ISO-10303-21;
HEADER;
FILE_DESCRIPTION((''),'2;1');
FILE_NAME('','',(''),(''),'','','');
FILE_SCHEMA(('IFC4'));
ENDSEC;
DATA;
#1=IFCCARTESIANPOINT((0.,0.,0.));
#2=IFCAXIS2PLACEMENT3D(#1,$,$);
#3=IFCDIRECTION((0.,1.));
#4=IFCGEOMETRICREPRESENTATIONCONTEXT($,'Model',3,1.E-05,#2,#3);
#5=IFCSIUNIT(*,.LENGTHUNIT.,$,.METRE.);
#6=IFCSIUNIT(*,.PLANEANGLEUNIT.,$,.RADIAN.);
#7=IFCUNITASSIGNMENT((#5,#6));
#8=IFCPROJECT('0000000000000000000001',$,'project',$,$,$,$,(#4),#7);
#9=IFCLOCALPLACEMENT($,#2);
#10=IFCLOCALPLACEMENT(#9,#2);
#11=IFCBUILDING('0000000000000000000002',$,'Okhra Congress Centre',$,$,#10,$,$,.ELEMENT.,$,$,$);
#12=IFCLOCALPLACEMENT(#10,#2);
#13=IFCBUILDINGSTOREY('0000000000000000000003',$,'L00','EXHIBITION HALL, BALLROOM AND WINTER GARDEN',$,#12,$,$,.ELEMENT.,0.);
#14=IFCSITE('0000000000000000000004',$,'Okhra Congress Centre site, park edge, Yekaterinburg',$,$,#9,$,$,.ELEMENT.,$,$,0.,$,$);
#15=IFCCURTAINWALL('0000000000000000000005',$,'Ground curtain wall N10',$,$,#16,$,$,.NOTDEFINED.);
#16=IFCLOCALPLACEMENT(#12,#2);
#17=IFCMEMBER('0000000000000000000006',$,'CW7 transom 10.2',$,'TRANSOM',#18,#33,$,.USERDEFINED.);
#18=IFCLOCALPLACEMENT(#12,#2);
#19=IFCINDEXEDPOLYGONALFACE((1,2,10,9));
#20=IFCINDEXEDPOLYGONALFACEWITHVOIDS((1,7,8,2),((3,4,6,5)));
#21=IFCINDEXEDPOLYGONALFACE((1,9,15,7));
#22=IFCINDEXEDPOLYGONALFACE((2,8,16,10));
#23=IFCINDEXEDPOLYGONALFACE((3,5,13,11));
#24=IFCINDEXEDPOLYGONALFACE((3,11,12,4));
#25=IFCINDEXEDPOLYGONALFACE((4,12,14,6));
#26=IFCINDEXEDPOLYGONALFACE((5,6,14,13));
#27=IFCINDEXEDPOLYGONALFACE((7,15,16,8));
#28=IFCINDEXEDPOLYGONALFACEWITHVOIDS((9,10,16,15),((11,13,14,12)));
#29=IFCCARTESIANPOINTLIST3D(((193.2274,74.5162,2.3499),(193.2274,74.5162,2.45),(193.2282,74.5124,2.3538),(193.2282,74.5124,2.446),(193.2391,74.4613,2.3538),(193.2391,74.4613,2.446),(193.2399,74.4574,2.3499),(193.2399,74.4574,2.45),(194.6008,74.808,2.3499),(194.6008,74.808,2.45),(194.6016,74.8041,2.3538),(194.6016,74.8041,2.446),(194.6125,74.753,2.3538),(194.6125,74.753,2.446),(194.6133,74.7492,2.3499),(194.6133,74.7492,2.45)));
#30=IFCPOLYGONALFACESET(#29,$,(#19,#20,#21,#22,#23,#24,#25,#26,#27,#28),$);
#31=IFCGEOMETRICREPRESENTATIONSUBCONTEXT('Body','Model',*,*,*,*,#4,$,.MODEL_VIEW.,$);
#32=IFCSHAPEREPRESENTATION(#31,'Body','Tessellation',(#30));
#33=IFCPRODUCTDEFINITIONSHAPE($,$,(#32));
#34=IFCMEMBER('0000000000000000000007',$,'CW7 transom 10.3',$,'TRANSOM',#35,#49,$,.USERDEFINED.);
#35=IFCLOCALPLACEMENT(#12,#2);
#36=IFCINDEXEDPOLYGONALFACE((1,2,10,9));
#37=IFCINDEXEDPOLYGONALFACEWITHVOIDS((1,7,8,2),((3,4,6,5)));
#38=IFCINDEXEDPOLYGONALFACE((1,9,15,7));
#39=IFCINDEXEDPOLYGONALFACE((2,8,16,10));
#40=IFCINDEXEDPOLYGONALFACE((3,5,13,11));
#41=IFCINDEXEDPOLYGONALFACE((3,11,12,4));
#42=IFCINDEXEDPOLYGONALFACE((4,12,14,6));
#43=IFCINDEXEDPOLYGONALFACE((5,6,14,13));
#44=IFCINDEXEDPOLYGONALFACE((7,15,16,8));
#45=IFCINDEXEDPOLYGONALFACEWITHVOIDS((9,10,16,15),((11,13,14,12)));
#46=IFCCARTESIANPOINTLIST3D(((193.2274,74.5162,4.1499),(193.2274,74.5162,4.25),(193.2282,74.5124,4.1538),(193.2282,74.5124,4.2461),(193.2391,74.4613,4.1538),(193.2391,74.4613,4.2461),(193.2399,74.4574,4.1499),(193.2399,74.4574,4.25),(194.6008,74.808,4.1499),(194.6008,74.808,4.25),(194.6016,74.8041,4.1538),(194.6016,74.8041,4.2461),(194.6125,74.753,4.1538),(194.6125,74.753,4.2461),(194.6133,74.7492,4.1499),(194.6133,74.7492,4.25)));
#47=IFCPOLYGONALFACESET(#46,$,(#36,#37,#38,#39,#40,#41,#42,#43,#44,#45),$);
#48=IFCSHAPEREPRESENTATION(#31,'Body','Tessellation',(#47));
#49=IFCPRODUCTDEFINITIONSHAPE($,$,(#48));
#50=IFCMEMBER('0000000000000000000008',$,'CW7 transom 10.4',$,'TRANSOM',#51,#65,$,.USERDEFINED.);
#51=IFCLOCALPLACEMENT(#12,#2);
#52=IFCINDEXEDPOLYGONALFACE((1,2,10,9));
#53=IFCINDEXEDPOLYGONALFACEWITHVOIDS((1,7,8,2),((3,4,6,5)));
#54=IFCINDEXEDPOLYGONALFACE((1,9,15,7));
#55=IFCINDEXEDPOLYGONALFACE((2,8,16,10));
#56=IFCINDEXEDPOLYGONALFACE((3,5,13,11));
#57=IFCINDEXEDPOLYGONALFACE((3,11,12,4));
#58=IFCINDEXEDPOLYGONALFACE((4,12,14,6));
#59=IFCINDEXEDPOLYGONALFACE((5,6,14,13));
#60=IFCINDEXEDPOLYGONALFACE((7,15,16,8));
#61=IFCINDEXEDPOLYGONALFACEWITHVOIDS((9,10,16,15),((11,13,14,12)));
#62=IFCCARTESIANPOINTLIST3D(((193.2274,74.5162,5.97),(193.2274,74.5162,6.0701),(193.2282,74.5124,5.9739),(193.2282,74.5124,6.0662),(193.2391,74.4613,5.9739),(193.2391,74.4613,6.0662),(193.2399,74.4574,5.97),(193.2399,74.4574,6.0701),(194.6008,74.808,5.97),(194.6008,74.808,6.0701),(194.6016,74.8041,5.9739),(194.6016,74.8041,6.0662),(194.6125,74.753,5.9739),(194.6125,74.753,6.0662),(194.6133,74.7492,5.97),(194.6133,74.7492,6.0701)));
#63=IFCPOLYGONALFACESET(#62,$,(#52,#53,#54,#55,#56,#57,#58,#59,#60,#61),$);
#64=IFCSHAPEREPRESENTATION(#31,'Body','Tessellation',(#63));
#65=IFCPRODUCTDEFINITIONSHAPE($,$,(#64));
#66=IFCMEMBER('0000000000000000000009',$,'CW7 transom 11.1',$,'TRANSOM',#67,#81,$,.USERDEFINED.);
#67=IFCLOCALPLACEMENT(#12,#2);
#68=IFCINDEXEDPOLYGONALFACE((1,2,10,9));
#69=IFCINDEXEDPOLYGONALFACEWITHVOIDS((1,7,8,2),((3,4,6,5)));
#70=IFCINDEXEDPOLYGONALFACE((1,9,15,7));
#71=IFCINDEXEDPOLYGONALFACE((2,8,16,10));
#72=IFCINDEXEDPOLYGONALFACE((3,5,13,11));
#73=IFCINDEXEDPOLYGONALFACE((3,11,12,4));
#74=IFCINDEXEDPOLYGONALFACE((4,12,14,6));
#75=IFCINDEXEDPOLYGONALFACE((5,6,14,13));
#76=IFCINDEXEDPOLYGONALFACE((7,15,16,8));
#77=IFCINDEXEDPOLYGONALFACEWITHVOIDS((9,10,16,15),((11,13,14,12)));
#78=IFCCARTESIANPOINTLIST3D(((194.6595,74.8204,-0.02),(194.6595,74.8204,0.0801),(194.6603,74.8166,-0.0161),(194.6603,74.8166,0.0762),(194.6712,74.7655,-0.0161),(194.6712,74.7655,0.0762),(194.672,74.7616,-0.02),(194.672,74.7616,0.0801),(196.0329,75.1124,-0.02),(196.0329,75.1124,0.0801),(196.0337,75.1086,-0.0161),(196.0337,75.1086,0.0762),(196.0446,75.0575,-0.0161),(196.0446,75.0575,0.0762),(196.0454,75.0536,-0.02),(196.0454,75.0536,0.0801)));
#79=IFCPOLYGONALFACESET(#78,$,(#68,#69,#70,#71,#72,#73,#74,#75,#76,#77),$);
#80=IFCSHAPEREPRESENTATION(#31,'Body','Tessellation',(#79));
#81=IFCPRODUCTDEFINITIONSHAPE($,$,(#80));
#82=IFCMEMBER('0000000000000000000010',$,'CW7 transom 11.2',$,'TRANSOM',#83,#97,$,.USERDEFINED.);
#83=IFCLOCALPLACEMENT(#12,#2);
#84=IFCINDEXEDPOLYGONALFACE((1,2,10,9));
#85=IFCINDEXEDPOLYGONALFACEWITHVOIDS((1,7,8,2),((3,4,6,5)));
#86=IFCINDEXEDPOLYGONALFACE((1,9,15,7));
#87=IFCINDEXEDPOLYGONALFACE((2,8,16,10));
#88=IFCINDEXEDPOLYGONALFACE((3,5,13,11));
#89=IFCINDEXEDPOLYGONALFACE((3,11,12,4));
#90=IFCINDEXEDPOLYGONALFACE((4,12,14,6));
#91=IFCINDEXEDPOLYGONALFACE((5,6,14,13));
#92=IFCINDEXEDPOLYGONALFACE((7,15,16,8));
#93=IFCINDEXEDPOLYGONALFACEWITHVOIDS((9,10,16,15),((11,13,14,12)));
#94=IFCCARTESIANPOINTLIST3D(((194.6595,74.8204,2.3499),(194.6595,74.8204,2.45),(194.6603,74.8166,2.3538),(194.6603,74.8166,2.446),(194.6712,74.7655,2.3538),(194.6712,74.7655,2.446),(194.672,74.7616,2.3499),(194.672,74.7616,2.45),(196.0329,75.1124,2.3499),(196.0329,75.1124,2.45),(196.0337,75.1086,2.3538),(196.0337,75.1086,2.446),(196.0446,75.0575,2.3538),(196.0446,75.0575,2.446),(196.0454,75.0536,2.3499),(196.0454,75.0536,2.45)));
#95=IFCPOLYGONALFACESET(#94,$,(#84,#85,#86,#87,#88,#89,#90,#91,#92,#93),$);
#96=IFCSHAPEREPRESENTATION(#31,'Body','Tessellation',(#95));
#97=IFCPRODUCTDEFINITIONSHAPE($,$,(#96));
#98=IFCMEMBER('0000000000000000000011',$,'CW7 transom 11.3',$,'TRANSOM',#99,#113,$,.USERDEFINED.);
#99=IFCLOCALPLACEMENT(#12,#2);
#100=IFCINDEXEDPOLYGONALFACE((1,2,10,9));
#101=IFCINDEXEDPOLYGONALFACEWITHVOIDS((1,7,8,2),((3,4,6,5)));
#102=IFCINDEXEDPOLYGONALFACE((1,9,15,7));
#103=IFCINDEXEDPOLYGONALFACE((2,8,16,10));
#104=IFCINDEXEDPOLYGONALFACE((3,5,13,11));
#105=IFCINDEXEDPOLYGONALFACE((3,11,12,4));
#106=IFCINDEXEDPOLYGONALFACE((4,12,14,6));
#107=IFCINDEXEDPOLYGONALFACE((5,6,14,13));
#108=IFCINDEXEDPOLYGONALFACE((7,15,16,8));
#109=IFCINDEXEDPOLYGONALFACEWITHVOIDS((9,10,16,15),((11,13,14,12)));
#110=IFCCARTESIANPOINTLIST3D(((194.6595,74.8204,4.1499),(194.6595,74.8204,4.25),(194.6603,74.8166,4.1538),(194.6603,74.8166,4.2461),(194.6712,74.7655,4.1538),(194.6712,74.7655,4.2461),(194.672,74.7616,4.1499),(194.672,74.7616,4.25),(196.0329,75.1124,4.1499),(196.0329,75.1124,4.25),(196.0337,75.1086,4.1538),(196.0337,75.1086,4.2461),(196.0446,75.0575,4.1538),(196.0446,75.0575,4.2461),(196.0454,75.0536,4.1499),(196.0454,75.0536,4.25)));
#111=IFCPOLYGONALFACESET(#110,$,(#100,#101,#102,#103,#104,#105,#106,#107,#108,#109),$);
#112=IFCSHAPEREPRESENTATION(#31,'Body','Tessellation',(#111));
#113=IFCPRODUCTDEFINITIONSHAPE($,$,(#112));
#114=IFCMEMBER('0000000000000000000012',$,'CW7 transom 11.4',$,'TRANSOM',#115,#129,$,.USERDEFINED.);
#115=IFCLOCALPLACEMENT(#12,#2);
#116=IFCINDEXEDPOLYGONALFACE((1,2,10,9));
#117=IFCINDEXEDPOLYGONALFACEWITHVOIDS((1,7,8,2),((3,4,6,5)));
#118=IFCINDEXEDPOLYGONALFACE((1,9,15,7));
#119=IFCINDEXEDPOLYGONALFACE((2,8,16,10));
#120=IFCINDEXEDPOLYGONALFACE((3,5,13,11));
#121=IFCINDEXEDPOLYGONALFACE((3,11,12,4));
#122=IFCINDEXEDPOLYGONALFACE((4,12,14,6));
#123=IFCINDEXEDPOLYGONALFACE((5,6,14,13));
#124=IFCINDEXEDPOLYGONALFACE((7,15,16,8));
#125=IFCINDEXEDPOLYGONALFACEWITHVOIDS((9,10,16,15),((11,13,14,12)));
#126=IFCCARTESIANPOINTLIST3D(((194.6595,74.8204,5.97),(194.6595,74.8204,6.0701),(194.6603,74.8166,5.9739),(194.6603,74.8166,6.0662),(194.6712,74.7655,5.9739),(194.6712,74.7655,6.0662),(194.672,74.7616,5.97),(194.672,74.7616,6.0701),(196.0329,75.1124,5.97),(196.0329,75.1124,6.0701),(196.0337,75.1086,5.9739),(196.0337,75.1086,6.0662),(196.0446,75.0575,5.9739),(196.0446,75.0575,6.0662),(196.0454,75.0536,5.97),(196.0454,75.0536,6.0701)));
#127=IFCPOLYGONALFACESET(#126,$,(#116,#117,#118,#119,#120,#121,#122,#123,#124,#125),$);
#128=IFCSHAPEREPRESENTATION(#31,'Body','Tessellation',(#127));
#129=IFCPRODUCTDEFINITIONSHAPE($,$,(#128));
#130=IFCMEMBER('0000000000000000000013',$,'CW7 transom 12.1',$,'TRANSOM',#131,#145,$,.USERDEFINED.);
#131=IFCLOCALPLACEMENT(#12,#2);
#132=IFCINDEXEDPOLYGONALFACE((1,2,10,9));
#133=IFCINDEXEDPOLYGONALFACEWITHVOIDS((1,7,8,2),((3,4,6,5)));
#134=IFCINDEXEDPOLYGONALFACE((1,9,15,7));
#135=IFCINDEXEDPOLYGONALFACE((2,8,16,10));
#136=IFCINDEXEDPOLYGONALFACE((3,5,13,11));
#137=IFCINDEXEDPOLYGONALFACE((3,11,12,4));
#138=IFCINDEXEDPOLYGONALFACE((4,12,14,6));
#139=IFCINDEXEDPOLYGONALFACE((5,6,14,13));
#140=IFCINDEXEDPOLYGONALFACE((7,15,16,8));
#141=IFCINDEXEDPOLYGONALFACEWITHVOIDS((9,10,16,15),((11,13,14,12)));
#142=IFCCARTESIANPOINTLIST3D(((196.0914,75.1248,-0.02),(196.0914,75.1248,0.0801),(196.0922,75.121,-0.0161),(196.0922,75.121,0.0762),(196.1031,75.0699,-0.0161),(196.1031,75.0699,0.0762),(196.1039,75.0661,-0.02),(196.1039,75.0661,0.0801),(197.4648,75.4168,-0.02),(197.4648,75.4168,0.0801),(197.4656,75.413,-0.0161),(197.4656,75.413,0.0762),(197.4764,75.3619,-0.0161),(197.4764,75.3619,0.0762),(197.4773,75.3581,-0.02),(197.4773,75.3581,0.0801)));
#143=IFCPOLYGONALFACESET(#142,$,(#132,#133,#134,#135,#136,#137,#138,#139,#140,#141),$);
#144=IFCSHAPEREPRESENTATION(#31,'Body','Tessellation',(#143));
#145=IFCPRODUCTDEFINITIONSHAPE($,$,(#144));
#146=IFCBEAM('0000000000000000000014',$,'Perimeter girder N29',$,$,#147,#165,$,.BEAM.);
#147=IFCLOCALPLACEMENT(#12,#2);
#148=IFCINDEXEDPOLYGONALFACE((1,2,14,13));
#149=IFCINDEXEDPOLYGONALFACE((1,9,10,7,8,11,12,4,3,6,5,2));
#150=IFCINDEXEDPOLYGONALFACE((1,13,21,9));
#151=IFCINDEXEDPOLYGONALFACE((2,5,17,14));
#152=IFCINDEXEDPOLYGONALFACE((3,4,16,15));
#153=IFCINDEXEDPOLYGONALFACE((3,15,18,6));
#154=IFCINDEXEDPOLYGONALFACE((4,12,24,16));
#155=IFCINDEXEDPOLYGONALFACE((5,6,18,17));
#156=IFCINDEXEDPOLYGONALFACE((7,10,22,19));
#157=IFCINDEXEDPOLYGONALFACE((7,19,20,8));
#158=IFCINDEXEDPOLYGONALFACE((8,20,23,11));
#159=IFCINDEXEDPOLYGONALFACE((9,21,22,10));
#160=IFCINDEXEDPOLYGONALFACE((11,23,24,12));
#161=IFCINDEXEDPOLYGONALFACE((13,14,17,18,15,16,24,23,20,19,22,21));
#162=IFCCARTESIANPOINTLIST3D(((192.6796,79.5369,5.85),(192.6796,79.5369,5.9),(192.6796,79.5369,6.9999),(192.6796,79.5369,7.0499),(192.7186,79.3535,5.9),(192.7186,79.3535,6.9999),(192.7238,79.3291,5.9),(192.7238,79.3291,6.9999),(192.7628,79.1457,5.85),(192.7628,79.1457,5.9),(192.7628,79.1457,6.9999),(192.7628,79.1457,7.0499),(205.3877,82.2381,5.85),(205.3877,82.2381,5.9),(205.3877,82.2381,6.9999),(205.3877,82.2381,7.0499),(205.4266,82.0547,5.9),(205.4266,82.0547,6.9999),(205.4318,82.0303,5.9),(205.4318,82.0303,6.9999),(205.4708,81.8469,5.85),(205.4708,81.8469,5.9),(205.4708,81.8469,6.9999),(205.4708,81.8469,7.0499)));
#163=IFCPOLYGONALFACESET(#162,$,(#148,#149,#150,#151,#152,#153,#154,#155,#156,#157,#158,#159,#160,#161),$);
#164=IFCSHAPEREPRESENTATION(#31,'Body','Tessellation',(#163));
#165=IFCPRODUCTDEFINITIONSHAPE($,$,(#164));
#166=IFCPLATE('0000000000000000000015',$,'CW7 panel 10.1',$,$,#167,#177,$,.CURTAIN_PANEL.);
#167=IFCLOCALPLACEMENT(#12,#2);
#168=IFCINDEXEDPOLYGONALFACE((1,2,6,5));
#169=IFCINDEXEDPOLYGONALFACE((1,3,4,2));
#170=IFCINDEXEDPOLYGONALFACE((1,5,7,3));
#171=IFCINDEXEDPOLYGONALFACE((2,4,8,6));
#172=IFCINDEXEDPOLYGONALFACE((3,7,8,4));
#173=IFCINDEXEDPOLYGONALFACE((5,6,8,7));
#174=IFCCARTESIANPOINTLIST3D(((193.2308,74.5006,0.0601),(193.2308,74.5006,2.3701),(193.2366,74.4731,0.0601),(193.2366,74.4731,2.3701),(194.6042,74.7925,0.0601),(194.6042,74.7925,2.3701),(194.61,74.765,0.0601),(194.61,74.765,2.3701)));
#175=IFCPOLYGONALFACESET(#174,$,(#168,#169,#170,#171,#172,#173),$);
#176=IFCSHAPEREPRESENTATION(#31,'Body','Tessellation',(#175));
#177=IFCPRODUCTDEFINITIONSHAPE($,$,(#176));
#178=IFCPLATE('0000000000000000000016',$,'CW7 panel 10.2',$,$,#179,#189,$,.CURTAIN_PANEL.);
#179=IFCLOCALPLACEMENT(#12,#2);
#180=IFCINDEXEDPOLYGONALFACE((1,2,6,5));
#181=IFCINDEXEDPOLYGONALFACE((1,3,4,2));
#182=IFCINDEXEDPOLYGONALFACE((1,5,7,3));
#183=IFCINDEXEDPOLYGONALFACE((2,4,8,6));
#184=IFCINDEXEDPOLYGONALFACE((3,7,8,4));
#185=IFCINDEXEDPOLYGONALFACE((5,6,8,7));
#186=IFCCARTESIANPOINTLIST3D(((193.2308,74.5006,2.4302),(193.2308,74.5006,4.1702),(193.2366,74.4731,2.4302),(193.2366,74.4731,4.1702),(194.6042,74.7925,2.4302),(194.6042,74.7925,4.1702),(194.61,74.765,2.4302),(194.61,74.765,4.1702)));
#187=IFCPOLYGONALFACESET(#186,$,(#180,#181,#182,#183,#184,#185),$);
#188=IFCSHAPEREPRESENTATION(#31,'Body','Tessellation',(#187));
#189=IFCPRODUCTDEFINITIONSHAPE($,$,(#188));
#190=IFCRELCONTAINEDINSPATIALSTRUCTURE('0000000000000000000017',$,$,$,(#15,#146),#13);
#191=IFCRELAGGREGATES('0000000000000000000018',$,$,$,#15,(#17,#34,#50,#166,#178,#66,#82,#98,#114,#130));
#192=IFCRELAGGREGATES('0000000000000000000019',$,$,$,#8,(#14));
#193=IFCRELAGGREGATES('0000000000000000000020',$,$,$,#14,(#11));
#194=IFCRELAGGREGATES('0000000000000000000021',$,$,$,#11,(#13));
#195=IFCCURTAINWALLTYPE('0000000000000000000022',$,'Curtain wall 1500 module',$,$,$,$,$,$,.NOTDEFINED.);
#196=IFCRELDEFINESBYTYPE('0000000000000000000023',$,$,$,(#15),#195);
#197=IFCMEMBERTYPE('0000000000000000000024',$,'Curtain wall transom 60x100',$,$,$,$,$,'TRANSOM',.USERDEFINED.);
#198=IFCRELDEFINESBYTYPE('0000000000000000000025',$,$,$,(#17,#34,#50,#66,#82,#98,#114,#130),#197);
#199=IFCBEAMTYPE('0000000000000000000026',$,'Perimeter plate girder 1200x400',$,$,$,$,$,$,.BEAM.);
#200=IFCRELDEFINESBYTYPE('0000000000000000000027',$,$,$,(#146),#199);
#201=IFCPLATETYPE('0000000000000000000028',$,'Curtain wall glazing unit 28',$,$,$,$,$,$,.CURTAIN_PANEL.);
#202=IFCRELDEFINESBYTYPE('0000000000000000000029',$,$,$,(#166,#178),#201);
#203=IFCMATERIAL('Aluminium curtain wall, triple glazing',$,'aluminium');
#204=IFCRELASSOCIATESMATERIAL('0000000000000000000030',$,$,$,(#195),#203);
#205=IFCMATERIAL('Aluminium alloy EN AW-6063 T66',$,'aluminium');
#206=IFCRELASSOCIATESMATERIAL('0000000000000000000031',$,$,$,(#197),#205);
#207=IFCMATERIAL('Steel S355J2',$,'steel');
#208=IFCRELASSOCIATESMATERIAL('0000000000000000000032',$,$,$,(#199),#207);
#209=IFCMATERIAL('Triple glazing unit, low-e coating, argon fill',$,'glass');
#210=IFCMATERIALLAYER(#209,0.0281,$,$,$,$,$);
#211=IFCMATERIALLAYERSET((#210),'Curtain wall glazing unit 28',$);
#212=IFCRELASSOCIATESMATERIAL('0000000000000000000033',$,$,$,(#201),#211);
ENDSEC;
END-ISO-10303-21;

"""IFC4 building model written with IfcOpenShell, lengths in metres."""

from ifc_helpers import new_model, si_unit, direction, frame, origin, origin_2d, place, context, subcontext, project, spatial, rectangle, hollow_rectangle, i_section, extrude, material, layer, layer_set, material_profile, profile_set, type_object, element, aggregate, save


model = new_model("IFC4")

# Units and contexts
model_context = context("Model", 3, precision=1e-05, world=origin(), true_north=direction((0.0, 1.0)))
body_context = subcontext(model_context, "Body", "Model", "MODEL_VIEW")
ifc_project = project(units=[si_unit("LENGTHUNIT", "METRE"), si_unit("PLANEANGLEUNIT", "RADIAN")], contexts=[model_context])

# Site, building, storey
site_placement = place(None, origin())
site = spatial("IfcSite", under=ifc_project, at=site_placement, Name="Okhra Congress Centre site, park edge, Yekaterinburg", CompositionType="ELEMENT", RefElevation=0.0)
building_placement = place(site_placement, origin())
building = spatial("IfcBuilding", under=site, at=building_placement, Name="Okhra Congress Centre", CompositionType="ELEMENT")
storey_placement = place(building_placement, origin())
storey = spatial("IfcBuildingStorey", under=building, at=storey_placement, Name="L00", Description="EXHIBITION HALL, BALLROOM AND WINTER GARDEN", CompositionType="ELEMENT", Elevation=0.0)

# Curtain wall
ifc_material_1 = material(Name="Aluminium curtain wall, triple glazing", Category="aluminium")
curtain_wall_type_1 = type_object("IfcCurtainWallType", Name="Curtain wall 1500 module", PredefinedType="NOTDEFINED", material=ifc_material_1)
curtain_wall_1_placement = place(storey_placement, origin())
curtain_wall_1 = element("IfcCurtainWall", 1, at=curtain_wall_1_placement, inside=storey, type_object=curtain_wall_type_1, Name="Ground curtain wall N10", PredefinedType="NOTDEFINED")
ifc_material_2 = material(Name="Aluminium alloy EN AW-6063 T66", Category="aluminium")

# Shared definitions
ifc_material_profile_1 = material_profile(ifc_material_2, hollow_rectangle(XDim=0.0601, YDim=0.1001, WallThickness=0.0039, at=origin_2d()), Name="RHS 60x100x4")
ifc_profile_set_1 = profile_set([ifc_material_profile_1], Name="Aluminium alloy EN AW-6063 T66")
member_type_1 = type_object("IfcMemberType", Name="Curtain wall transom 60x100", ElementType="TRANSOM", PredefinedType="USERDEFINED", material=ifc_profile_set_1)

# Members
member_1_placement = place(storey_placement, frame((193.2336, 74.4868, 2.3999), z_axis=(0.97817, 0.207807, 0.0), x_axis=(-0.207807, 0.97817, 0.0)))
member_1 = element("IfcMember", 2, at=member_1_placement, type_object=member_type_1, Name="CW7 transom 10.2", ObjectType="TRANSOM", PredefinedType="USERDEFINED", context=body_context, shape_type="SweptSolid", body=[
    extrude(hollow_rectangle(XDim=0.0601, YDim=0.1001, WallThickness=0.0039, at=origin_2d()), origin(), (0.0, 0.0, 1.0), 1.4041),
])
member_2_placement = place(storey_placement, frame((193.2336, 74.4868, 4.2), z_axis=(0.97817, 0.207807, 0.0), x_axis=(-0.207807, 0.97817, 0.0)))
member_2 = element("IfcMember", 3, at=member_2_placement, type_object=member_type_1, Name="CW7 transom 10.3", ObjectType="TRANSOM", PredefinedType="USERDEFINED", context=body_context, shape_type="SweptSolid", body=[
    extrude(hollow_rectangle(XDim=0.0601, YDim=0.1001, WallThickness=0.0039, at=origin_2d()), origin(), (0.0, 0.0, 1.0), 1.4041),
])
member_3_placement = place(storey_placement, frame((193.2336, 74.4868, 6.02), z_axis=(0.97817, 0.207807, 0.0), x_axis=(-0.207807, 0.97817, 0.0)))
member_3 = element("IfcMember", 4, at=member_3_placement, type_object=member_type_1, Name="CW7 transom 10.4", ObjectType="TRANSOM", PredefinedType="USERDEFINED", context=body_context, shape_type="SweptSolid", body=[
    extrude(hollow_rectangle(XDim=0.0601, YDim=0.1001, WallThickness=0.0039, at=origin_2d()), origin(), (0.0, 0.0, 1.0), 1.4041),
])
member_4_placement = place(storey_placement, frame((194.6658, 74.791, 0.03), z_axis=(0.978135, 0.207973, 0.0), x_axis=(-0.207973, 0.978135, 0.0)))
member_4 = element("IfcMember", 5, at=member_4_placement, type_object=member_type_1, Name="CW7 transom 11.1", ObjectType="TRANSOM", PredefinedType="USERDEFINED", context=body_context, shape_type="SweptSolid", body=[
    extrude(hollow_rectangle(XDim=0.0601, YDim=0.1001, WallThickness=0.0039, at=origin_2d()), origin(), (0.0, 0.0, 1.0), 1.4041),
])
member_5_placement = place(storey_placement, frame((194.6658, 74.791, 2.3999), z_axis=(0.978135, 0.207973, 0.0), x_axis=(-0.207973, 0.978135, 0.0)))
member_5 = element("IfcMember", 6, at=member_5_placement, type_object=member_type_1, Name="CW7 transom 11.2", ObjectType="TRANSOM", PredefinedType="USERDEFINED", context=body_context, shape_type="SweptSolid", body=[
    extrude(hollow_rectangle(XDim=0.0601, YDim=0.1001, WallThickness=0.0039, at=origin_2d()), origin(), (0.0, 0.0, 1.0), 1.4041),
])
member_6_placement = place(storey_placement, frame((194.6658, 74.791, 4.2), z_axis=(0.978135, 0.207973, 0.0), x_axis=(-0.207973, 0.978135, 0.0)))
member_6 = element("IfcMember", 7, at=member_6_placement, type_object=member_type_1, Name="CW7 transom 11.3", ObjectType="TRANSOM", PredefinedType="USERDEFINED", context=body_context, shape_type="SweptSolid", body=[
    extrude(hollow_rectangle(XDim=0.0601, YDim=0.1001, WallThickness=0.0039, at=origin_2d()), origin(), (0.0, 0.0, 1.0), 1.4041),
])
member_7_placement = place(storey_placement, frame((194.6658, 74.791, 6.02), z_axis=(0.978135, 0.207973, 0.0), x_axis=(-0.207973, 0.978135, 0.0)))
member_7 = element("IfcMember", 8, at=member_7_placement, type_object=member_type_1, Name="CW7 transom 11.4", ObjectType="TRANSOM", PredefinedType="USERDEFINED", context=body_context, shape_type="SweptSolid", body=[
    extrude(hollow_rectangle(XDim=0.0601, YDim=0.1001, WallThickness=0.0039, at=origin_2d()), origin(), (0.0, 0.0, 1.0), 1.4041),
])
member_8_placement = place(storey_placement, frame((196.0977, 75.0955, 0.03), z_axis=(0.978135, 0.207973, 0.0), x_axis=(-0.207973, 0.978135, 0.0)))
member_8 = element("IfcMember", 9, at=member_8_placement, type_object=member_type_1, Name="CW7 transom 12.1", ObjectType="TRANSOM", PredefinedType="USERDEFINED", context=body_context, shape_type="SweptSolid", body=[
    extrude(hollow_rectangle(XDim=0.0601, YDim=0.1001, WallThickness=0.0039, at=origin_2d()), origin(), (0.0, 0.0, 1.0), 1.4041),
])

# Beam
ifc_material_3 = material(Name="Steel S355J2", Category="steel")
ifc_material_profile_2 = material_profile(ifc_material_3, i_section(OverallWidth=0.3999, OverallDepth=1.2, WebThickness=0.0249, FlangeThickness=0.05, at=origin_2d()), Name="Plate girder 1200x400")
ifc_profile_set_2 = profile_set([ifc_material_profile_2], Name="Steel S355J2")
beam_type = type_object("IfcBeamType", Name="Perimeter plate girder 1200x400", PredefinedType="BEAM", material=ifc_profile_set_2)
beam_placement = place(storey_placement, frame((192.7212, 79.3413, 6.45), z_axis=(0.978148, 0.207912, 0.0), x_axis=(-0.207912, 0.978148, 0.0)))
element("IfcBeam", 10, at=beam_placement, inside=storey, type_object=beam_type, Name="Perimeter girder N29", PredefinedType="BEAM", context=body_context, shape_type="SweptSolid", body=[
    extrude(i_section(OverallWidth=0.3999, OverallDepth=1.2, WebThickness=0.0249, FlangeThickness=0.05, at=origin_2d()), origin(), (0.0, 0.0, 1.0), 12.9919),
])

# Plates
ifc_material_4 = material(Name="Triple glazing unit, low-e coating, argon fill", Category="glass")
ifc_layer_1 = layer(ifc_material_4, 0.0281)
ifc_layer_set_1 = layer_set([ifc_layer_1], Name="Curtain wall glazing unit 28")
plate_type = type_object("IfcPlateType", Name="Curtain wall glazing unit 28", PredefinedType="CURTAIN_PANEL", material=ifc_layer_set_1)
plate_1_placement = place(storey_placement, frame((193.9204, 74.6328, 0.0601), z_axis=(0.0, 0.0, 1.0), x_axis=(0.978148, 0.207912, 0.0)))
plate_1 = element("IfcPlate", 11, at=plate_1_placement, type_object=plate_type, Name="CW7 panel 10.1", PredefinedType="CURTAIN_PANEL", context=body_context, shape_type="SweptSolid", body=[
    extrude(rectangle(XDim=1.4041, YDim=0.0281, at=origin_2d()), origin(), (0.0, 0.0, 1.0), 2.3101),
])
plate_2_placement = place(storey_placement, frame((193.9204, 74.6328, 2.4302), z_axis=(0.0, 0.0, 1.0), x_axis=(0.978148, 0.207912, 0.0)))
plate_2 = element("IfcPlate", 12, at=plate_2_placement, type_object=plate_type, Name="CW7 panel 10.2", PredefinedType="CURTAIN_PANEL", context=body_context, shape_type="SweptSolid", body=[
    extrude(rectangle(XDim=1.4041, YDim=0.0281, at=origin_2d()), origin(), (0.0, 0.0, 1.0), 1.74),
])
aggregate(curtain_wall_1, [member_1, member_2, member_3, plate_1, plate_2, member_4, member_5, member_6, member_7, member_8])

save(model, "model.ifc")
